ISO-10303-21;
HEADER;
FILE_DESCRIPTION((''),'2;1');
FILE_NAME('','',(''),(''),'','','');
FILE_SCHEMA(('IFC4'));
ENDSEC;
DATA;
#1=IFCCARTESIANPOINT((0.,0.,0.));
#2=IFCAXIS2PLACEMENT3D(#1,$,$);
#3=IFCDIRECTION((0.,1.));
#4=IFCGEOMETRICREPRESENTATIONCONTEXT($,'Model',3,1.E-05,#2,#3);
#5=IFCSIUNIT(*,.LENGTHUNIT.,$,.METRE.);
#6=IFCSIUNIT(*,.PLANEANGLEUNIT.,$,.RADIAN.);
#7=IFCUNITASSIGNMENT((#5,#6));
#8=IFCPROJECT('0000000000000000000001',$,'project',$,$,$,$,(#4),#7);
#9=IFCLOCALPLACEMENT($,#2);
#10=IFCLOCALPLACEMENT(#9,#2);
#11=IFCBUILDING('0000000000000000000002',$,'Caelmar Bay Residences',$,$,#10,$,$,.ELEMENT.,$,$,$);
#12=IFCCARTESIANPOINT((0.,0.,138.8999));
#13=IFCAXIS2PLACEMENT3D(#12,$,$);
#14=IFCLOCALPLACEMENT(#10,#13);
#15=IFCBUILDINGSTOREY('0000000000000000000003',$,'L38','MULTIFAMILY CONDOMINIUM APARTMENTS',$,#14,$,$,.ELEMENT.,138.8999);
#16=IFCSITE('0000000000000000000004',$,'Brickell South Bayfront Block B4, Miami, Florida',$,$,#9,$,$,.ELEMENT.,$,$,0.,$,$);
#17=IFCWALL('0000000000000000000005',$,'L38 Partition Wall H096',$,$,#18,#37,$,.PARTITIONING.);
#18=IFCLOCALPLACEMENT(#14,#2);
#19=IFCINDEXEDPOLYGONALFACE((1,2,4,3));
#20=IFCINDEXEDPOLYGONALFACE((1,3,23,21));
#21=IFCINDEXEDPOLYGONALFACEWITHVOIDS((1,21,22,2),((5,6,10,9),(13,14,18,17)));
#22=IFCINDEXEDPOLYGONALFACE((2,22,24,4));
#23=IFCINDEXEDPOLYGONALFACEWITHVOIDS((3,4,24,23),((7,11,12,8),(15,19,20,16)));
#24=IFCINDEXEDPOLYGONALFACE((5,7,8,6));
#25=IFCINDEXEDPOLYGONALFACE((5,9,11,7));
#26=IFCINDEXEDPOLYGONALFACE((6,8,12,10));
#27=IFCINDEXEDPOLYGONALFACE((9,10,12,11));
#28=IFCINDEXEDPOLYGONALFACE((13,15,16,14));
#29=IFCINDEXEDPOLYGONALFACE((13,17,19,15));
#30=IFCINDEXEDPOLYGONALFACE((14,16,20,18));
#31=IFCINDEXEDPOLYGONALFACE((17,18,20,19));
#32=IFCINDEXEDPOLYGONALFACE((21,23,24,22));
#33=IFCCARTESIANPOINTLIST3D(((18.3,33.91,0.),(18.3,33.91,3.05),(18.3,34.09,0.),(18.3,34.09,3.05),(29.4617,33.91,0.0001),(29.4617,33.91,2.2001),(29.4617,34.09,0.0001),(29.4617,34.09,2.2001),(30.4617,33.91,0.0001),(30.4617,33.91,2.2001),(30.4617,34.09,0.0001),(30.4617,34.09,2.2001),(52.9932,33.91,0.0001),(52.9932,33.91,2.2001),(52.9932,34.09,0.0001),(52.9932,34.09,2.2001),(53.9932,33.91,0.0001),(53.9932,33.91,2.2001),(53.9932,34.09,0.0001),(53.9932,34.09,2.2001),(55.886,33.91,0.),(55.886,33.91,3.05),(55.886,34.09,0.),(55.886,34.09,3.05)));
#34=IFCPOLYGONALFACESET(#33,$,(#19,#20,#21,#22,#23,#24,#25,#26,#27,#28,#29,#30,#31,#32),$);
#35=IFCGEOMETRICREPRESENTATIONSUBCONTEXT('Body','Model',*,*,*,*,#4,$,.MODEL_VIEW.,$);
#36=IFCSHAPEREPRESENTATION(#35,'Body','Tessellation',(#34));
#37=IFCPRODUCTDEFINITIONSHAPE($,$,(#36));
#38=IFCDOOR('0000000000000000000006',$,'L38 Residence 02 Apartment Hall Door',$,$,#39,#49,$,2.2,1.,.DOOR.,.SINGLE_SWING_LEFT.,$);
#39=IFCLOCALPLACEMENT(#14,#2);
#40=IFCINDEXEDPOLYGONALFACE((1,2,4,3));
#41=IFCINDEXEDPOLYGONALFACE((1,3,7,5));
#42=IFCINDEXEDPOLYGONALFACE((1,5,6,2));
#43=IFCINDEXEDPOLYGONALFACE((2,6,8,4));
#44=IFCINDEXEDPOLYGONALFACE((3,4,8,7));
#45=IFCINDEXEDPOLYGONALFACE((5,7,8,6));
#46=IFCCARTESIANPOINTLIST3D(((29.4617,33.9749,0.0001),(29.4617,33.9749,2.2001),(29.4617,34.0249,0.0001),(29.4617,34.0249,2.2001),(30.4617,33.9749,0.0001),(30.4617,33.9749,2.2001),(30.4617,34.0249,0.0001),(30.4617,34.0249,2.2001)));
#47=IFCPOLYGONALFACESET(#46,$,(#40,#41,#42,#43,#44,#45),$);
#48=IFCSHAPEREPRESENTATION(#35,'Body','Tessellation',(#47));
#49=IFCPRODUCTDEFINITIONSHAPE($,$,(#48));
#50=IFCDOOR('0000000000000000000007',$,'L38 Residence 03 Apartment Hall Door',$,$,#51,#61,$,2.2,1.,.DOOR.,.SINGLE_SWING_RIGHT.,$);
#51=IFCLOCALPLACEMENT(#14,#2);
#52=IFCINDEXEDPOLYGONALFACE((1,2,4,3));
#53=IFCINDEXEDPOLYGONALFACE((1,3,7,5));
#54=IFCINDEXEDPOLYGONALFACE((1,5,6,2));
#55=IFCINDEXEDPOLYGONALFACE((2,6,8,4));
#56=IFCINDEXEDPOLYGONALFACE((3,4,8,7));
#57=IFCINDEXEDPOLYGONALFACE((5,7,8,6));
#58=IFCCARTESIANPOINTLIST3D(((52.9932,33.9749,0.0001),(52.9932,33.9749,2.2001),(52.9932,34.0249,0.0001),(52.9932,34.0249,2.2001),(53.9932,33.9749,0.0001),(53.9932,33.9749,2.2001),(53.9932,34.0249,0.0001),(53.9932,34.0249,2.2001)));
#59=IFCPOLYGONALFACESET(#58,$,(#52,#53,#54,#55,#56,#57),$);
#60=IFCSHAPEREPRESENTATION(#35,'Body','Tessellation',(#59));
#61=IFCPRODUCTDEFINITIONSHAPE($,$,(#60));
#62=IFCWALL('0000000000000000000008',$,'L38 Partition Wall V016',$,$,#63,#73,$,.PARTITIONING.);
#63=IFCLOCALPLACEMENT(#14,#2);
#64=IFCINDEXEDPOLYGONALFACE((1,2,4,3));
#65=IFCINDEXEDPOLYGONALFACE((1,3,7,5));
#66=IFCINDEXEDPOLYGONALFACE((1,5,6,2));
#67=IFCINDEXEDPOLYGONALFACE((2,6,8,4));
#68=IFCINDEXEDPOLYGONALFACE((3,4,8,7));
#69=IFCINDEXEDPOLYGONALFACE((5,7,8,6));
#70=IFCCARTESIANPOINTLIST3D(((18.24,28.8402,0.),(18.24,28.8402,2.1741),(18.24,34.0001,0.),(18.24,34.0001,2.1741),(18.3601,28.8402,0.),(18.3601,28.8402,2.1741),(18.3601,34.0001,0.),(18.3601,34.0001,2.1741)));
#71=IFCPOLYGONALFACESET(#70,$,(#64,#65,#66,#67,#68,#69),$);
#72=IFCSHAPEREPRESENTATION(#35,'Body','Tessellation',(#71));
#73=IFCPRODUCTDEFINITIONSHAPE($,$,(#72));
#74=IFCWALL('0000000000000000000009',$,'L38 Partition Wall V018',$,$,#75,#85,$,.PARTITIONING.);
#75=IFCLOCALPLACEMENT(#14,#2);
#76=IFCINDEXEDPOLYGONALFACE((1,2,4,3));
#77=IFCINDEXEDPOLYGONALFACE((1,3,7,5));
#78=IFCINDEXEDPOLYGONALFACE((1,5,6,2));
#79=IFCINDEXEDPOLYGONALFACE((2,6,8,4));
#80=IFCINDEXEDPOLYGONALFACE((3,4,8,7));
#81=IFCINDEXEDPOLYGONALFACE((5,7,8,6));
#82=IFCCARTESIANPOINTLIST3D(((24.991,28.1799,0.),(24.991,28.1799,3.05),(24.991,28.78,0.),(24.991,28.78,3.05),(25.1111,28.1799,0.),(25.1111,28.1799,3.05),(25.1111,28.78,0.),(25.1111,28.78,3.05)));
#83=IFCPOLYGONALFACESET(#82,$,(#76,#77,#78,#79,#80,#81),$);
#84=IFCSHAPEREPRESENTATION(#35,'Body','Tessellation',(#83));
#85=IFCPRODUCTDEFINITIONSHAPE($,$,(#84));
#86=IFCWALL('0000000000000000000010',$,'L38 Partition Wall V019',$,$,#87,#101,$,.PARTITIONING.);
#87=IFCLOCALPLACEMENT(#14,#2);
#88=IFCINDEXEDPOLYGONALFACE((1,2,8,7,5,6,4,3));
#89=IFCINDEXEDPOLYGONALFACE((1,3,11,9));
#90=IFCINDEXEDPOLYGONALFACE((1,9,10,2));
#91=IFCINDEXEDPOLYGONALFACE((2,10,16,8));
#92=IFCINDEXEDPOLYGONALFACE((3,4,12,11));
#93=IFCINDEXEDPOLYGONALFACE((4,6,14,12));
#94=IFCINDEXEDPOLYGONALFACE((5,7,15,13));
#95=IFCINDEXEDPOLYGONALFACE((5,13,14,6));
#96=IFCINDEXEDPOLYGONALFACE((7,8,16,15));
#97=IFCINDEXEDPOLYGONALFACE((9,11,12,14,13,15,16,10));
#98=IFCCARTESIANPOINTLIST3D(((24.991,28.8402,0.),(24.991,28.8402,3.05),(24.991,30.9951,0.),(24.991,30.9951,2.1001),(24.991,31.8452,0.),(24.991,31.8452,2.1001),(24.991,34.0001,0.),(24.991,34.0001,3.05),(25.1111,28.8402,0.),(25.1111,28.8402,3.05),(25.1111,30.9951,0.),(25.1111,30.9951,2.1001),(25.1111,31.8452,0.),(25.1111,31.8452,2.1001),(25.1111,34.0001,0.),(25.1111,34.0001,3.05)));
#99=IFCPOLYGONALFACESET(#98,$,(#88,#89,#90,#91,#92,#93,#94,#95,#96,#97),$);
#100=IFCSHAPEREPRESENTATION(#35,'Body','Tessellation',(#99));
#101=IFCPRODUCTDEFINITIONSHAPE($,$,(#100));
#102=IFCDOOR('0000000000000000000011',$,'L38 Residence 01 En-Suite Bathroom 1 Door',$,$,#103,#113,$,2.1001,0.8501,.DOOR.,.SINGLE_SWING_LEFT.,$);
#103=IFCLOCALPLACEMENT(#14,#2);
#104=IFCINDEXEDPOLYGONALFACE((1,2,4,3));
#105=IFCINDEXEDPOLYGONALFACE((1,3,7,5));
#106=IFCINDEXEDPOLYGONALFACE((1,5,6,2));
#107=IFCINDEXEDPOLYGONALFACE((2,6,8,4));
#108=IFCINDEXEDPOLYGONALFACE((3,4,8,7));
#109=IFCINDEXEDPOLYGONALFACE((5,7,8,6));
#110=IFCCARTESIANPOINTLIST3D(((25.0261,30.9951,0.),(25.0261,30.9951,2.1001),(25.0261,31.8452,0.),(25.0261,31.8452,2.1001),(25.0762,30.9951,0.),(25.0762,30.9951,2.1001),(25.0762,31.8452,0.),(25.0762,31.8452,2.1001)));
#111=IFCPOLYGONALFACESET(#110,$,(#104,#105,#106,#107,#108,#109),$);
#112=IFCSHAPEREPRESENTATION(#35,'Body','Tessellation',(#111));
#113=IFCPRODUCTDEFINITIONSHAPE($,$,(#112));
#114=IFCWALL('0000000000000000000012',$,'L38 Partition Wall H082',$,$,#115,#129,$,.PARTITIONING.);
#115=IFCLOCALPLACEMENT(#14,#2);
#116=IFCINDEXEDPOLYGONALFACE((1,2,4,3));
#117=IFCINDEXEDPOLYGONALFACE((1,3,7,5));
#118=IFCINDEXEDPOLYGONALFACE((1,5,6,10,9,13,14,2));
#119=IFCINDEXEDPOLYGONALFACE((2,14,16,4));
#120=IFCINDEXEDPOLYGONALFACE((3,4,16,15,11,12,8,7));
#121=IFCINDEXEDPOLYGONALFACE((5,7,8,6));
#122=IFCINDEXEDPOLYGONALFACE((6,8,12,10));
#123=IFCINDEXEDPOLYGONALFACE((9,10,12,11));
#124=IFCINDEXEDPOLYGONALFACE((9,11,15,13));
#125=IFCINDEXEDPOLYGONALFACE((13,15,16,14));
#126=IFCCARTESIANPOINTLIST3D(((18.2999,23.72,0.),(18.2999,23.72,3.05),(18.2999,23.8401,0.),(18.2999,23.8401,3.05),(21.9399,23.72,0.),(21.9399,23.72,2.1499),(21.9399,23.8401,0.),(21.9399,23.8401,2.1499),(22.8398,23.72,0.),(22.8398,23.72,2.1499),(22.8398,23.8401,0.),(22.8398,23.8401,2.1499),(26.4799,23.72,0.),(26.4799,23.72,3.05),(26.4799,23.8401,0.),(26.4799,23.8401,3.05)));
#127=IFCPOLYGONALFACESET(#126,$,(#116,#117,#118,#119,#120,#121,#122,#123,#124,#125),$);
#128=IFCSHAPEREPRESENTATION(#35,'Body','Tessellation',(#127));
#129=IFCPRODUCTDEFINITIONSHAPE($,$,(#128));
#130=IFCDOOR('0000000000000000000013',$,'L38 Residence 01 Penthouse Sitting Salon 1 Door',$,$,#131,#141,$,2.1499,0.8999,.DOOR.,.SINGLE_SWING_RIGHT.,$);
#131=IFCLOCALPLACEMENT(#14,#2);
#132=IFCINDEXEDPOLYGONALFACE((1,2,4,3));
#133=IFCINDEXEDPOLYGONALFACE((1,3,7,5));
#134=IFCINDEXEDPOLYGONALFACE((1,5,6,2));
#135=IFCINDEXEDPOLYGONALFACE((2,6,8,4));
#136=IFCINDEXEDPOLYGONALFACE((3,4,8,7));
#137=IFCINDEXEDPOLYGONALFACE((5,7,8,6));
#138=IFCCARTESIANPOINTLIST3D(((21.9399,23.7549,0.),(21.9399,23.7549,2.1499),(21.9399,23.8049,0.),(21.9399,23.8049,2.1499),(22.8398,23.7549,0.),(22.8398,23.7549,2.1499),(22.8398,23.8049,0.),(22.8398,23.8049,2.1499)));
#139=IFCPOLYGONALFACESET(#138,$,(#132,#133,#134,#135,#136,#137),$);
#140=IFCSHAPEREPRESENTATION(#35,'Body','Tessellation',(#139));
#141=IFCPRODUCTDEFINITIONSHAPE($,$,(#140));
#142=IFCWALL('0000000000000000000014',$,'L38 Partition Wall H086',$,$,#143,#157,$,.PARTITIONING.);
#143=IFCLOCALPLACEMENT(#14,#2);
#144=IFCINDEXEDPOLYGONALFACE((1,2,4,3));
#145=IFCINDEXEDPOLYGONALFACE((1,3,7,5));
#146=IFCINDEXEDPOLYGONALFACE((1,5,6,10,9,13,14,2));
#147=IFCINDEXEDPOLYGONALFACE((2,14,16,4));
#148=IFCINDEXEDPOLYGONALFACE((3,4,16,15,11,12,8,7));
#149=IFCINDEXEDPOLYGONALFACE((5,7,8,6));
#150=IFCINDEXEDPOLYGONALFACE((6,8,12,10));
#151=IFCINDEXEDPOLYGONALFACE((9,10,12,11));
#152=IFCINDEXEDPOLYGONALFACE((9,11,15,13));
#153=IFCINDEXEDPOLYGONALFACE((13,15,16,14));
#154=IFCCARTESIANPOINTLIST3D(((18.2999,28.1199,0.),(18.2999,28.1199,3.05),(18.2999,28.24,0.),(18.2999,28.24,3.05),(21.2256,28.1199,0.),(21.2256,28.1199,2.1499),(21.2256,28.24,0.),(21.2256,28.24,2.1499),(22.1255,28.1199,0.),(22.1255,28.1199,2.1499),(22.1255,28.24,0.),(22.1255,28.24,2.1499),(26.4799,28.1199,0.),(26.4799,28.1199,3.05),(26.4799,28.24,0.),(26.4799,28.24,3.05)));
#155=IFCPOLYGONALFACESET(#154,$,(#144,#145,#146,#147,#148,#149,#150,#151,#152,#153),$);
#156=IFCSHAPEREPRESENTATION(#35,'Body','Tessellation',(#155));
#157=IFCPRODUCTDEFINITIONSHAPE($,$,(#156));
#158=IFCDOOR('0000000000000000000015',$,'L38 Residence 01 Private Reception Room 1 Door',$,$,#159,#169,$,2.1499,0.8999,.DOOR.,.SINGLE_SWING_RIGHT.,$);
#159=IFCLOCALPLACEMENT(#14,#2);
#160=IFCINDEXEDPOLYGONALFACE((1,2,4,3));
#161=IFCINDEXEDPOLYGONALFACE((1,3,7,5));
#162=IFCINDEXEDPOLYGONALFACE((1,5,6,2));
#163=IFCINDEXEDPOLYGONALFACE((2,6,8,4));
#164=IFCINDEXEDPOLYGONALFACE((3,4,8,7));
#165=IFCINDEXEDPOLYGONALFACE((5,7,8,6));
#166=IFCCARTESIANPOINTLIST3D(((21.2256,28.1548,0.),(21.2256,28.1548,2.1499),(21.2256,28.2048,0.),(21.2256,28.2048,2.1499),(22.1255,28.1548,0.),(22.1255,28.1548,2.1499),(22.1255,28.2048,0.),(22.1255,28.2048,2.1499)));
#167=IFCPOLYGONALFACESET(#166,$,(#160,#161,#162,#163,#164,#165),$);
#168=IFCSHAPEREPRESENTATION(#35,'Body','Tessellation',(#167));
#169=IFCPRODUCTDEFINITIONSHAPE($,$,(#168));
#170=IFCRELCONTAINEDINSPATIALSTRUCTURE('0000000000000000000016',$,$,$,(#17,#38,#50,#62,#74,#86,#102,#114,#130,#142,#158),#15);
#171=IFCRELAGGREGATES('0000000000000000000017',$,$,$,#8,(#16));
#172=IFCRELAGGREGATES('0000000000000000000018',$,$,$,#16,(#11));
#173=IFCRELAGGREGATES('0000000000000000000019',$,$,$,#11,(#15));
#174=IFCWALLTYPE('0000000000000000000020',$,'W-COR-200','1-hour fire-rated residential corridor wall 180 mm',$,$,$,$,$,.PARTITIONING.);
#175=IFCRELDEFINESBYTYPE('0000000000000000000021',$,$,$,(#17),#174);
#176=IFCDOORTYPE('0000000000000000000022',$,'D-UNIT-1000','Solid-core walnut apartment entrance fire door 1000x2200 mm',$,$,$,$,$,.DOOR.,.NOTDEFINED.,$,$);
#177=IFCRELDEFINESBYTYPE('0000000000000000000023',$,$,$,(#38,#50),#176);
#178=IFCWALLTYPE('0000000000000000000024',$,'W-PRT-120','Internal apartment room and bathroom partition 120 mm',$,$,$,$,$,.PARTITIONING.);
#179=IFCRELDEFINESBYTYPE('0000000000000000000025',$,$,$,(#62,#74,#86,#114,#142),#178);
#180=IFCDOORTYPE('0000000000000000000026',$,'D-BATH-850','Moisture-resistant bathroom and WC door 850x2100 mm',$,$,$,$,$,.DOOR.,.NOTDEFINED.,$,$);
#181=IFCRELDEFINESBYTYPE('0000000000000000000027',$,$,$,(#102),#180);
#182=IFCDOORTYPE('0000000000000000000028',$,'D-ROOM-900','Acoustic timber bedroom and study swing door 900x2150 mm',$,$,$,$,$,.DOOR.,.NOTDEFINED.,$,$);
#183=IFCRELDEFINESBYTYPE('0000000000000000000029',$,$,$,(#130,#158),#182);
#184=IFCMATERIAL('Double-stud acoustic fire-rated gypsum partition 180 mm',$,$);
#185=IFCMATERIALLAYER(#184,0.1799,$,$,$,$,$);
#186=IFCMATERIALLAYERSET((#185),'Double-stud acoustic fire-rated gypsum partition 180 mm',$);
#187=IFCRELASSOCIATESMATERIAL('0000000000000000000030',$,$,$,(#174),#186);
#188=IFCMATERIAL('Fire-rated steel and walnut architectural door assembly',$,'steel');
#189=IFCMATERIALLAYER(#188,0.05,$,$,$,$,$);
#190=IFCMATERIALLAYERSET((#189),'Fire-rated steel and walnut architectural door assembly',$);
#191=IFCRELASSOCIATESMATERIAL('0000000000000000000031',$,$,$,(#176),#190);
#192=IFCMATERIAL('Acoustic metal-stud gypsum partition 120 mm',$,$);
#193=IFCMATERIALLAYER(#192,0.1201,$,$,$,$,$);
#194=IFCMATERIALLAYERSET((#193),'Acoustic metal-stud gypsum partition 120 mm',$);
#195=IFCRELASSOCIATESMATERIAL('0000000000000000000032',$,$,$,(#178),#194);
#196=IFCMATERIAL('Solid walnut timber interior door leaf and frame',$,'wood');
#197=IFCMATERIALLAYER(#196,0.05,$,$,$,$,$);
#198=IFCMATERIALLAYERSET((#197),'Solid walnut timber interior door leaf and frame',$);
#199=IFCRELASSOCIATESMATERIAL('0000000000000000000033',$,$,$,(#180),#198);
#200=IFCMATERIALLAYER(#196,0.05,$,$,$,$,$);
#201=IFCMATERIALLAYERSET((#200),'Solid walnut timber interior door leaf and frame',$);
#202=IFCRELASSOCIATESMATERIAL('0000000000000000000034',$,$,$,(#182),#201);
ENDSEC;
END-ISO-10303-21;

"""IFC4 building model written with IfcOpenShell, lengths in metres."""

from ifc_helpers import new_model, si_unit, direction, frame, frame_2d, origin, place, context, subcontext, project, spatial, rectangle, extrude, material, layer, layer_set, type_object, element, fill, save


model = new_model("IFC4")

# Units and contexts
model_context = context("Model", 3, precision=1e-05, world=origin(), true_north=direction((0.0, 1.0)))
body_context = subcontext(model_context, "Body", "Model", "MODEL_VIEW")
ifc_project = project(units=[si_unit("LENGTHUNIT", "METRE"), si_unit("PLANEANGLEUNIT", "RADIAN")], contexts=[model_context])

# Site, building, storey
site_placement = place(None, origin())
site = spatial("IfcSite", under=ifc_project, at=site_placement, Name="Brickell South Bayfront Block B4, Miami, Florida", CompositionType="ELEMENT", RefElevation=0.0)
building_placement = place(site_placement, origin())
building = spatial("IfcBuilding", under=site, at=building_placement, Name="Caelmar Bay Residences", CompositionType="ELEMENT")
storey_placement = place(building_placement, frame((0.0, 0.0, 138.8999)))
storey = spatial("IfcBuildingStorey", under=building, at=storey_placement, Name="L38", Description="MULTIFAMILY CONDOMINIUM APARTMENTS", CompositionType="ELEMENT", Elevation=138.8999)

# Shared definitions
ifc_material_1 = material(Name="Fire-rated steel and walnut architectural door assembly", Category="steel")

# Wall, openings, doors
ifc_material_2 = material(Name="Double-stud acoustic fire-rated gypsum partition 180 mm")
ifc_layer_1 = layer(ifc_material_2, 0.1799)
ifc_layer_set_1 = layer_set([ifc_layer_1], Name="Double-stud acoustic fire-rated gypsum partition 180 mm")
wall_type_1 = type_object("IfcWallType", Name="W-COR-200", Description="1-hour fire-rated residential corridor wall 180 mm", PredefinedType="PARTITIONING", material=ifc_layer_set_1)
wall_1_placement = place(storey_placement, frame((18.3, 34.0, 0.0), z_axis=(0.0, 0.0, 1.0), x_axis=(1.0, 0.0, 0.0)))
wall_1 = element("IfcWall", 1, at=wall_1_placement, inside=storey, type_object=wall_type_1, Name="L38 Partition Wall H096", PredefinedType="PARTITIONING", context=body_context, shape_type="SweptSolid", body=[
    extrude(rectangle(XDim=37.5859, YDim=0.1799, at=frame_2d((18.793, 0.0))), origin(), (0.0, 0.0, 1.0), 3.05),
])
opening_1_placement = place(wall_1_placement, frame((11.1616, 0.0, 0.0)))
opening_1 = element("IfcOpeningElement", 2, at=opening_1_placement, cuts=wall_1, PredefinedType="OPENING", context=body_context, shape_type="SweptSolid", body=[
    extrude(rectangle(XDim=1.0, YDim=2.2, at=frame_2d((0.5, 1.1001))), frame((0.0, 0.0999, 0.0), z_axis=(0.0, -1.0, 0.0), x_axis=(1.0, 0.0, 0.0)), (0.0, 0.0, 1.0), 0.2),
])
opening_2_placement = place(wall_1_placement, frame((34.6931, 0.0, 0.0)))
opening_2 = element("IfcOpeningElement", 3, at=opening_2_placement, cuts=wall_1, PredefinedType="OPENING", context=body_context, shape_type="SweptSolid", body=[
    extrude(rectangle(XDim=1.0, YDim=2.2, at=frame_2d((0.5, 1.1001))), frame((0.0, 0.0999, 0.0), z_axis=(0.0, -1.0, 0.0), x_axis=(1.0, 0.0, 0.0)), (0.0, 0.0, 1.0), 0.2),
])
ifc_layer_2 = layer(ifc_material_1, 0.05)
ifc_layer_set_2 = layer_set([ifc_layer_2], Name="Fire-rated steel and walnut architectural door assembly")
door_type_1 = type_object("IfcDoorType", Name="D-UNIT-1000", Description="Solid-core walnut apartment entrance fire door 1000x2200 mm", OperationType="NOTDEFINED", PredefinedType="DOOR", material=ifc_layer_set_2)
door_1_placement = place(opening_1_placement, origin())
door_1 = element("IfcDoor", 4, at=door_1_placement, inside=storey, type_object=door_type_1, Name="L38 Residence 02 Apartment Hall Door", OperationType="SINGLE_SWING_LEFT", OverallHeight=2.2, OverallWidth=1.0, PredefinedType="DOOR", context=body_context, shape_type="SweptSolid", body=[
    extrude(rectangle(XDim=1.0, YDim=2.2, at=frame_2d((0.5, 1.1001))), frame((0.0, 0.0249, 0.0), z_axis=(0.0, -1.0, 0.0), x_axis=(1.0, 0.0, 0.0)), (0.0, 0.0, 1.0), 0.05),
])
fill(opening_1, door_1)
door_2_placement = place(opening_2_placement, origin())
door_2 = element("IfcDoor", 5, at=door_2_placement, inside=storey, type_object=door_type_1, Name="L38 Residence 03 Apartment Hall Door", OperationType="SINGLE_SWING_RIGHT", OverallHeight=2.2, OverallWidth=1.0, PredefinedType="DOOR", context=body_context, shape_type="SweptSolid", body=[
    extrude(rectangle(XDim=1.0, YDim=2.2, at=frame_2d((0.5, 1.1001))), frame((0.0, 0.0249, 0.0), z_axis=(0.0, -1.0, 0.0), x_axis=(1.0, 0.0, 0.0)), (0.0, 0.0, 1.0), 0.05),
])
fill(opening_2, door_2)

# Walls
ifc_material_3 = material(Name="Acoustic metal-stud gypsum partition 120 mm")
ifc_layer_3 = layer(ifc_material_3, 0.1201)
ifc_layer_set_3 = layer_set([ifc_layer_3], Name="Acoustic metal-stud gypsum partition 120 mm")
wall_type_2 = type_object("IfcWallType", Name="W-PRT-120", Description="Internal apartment room and bathroom partition 120 mm", PredefinedType="PARTITIONING", material=ifc_layer_set_3)
wall_2_placement = place(storey_placement, frame((18.3, 28.8401, 0.0), z_axis=(0.0, 0.0, 1.0), x_axis=(0.0, 1.0, 0.0)))
element("IfcWall", 6, at=wall_2_placement, inside=storey, type_object=wall_type_2, Name="L38 Partition Wall V016", PredefinedType="PARTITIONING", context=body_context, shape_type="SweptSolid", body=[
    extrude(rectangle(XDim=5.1599, YDim=0.1201, at=frame_2d((2.5801, 0.0))), origin(), (0.0, 0.0, 1.0), 2.1741),
])
wall_3_placement = place(storey_placement, frame((25.051, 28.1799, 0.0), z_axis=(0.0, 0.0, 1.0), x_axis=(0.0, 1.0, 0.0)))
element("IfcWall", 7, at=wall_3_placement, inside=storey, type_object=wall_type_2, Name="L38 Partition Wall V018", PredefinedType="PARTITIONING", context=body_context, shape_type="SweptSolid", body=[
    extrude(rectangle(XDim=0.6001, YDim=0.1201, at=frame_2d((0.3, 0.0))), origin(), (0.0, 0.0, 1.0), 3.05),
])

# Walls, openings, doors
wall_4_placement = place(storey_placement, frame((25.051, 28.8401, 0.0), z_axis=(0.0, 0.0, 1.0), x_axis=(0.0, 1.0, 0.0)))
wall_4 = element("IfcWall", 8, at=wall_4_placement, inside=storey, type_object=wall_type_2, Name="L38 Partition Wall V019", PredefinedType="PARTITIONING", context=body_context, shape_type="SweptSolid", body=[
    extrude(rectangle(XDim=5.1599, YDim=0.1201, at=frame_2d((2.5801, 0.0))), origin(), (0.0, 0.0, 1.0), 3.05),
])
opening_3_placement = place(wall_4_placement, frame((2.155, 0.0, 0.0)))
opening_3 = element("IfcOpeningElement", 9, at=opening_3_placement, cuts=wall_4, PredefinedType="OPENING", context=body_context, shape_type="SweptSolid", body=[
    extrude(rectangle(XDim=0.8501, YDim=2.1001, at=frame_2d((0.425, 1.05))), frame((0.0, 0.0701, 0.0), z_axis=(0.0, -1.0, 0.0), x_axis=(1.0, 0.0, 0.0)), (0.0, 0.0, 1.0), 0.1401),
])
ifc_material_4 = material(Name="Solid walnut timber interior door leaf and frame", Category="wood")
ifc_layer_4 = layer(ifc_material_4, 0.05)
ifc_layer_set_4 = layer_set([ifc_layer_4], Name="Solid walnut timber interior door leaf and frame")
door_type_2 = type_object("IfcDoorType", Name="D-BATH-850", Description="Moisture-resistant bathroom and WC door 850x2100 mm", OperationType="NOTDEFINED", PredefinedType="DOOR", material=ifc_layer_set_4)
door_3_placement = place(opening_3_placement, origin())
door_3 = element("IfcDoor", 10, at=door_3_placement, inside=storey, type_object=door_type_2, Name="L38 Residence 01 En-Suite Bathroom 1 Door", OperationType="SINGLE_SWING_LEFT", OverallHeight=2.1001, OverallWidth=0.8501, PredefinedType="DOOR", context=body_context, shape_type="SweptSolid", body=[
    extrude(rectangle(XDim=0.8501, YDim=2.1001, at=frame_2d((0.425, 1.05))), frame((0.0, 0.0249, 0.0), z_axis=(0.0, -1.0, 0.0), x_axis=(1.0, 0.0, 0.0)), (0.0, 0.0, 1.0), 0.05),
])
fill(opening_3, door_3)
wall_5_placement = place(storey_placement, frame((18.3, 23.78, 0.0), z_axis=(0.0, 0.0, 1.0), x_axis=(1.0, 0.0, 0.0)))
wall_5 = element("IfcWall", 11, at=wall_5_placement, inside=storey, type_object=wall_type_2, Name="L38 Partition Wall H082", PredefinedType="PARTITIONING", context=body_context, shape_type="SweptSolid", body=[
    extrude(rectangle(XDim=8.1799, YDim=0.1201, at=frame_2d((4.0898, 0.0))), origin(), (0.0, 0.0, 1.0), 3.05),
])
opening_4_placement = place(wall_5_placement, frame((3.6399, 0.0, 0.0)))
opening_4 = element("IfcOpeningElement", 12, at=opening_4_placement, cuts=wall_5, PredefinedType="OPENING", context=body_context, shape_type="SweptSolid", body=[
    extrude(rectangle(XDim=0.8999, YDim=2.1499, at=frame_2d((0.45, 1.075))), frame((0.0, 0.0701, 0.0), z_axis=(0.0, -1.0, 0.0), x_axis=(1.0, 0.0, 0.0)), (0.0, 0.0, 1.0), 0.1401),
])
ifc_layer_5 = layer(ifc_material_4, 0.05)
ifc_layer_set_5 = layer_set([ifc_layer_5], Name="Solid walnut timber interior door leaf and frame")
door_type_3 = type_object("IfcDoorType", Name="D-ROOM-900", Description="Acoustic timber bedroom and study swing door 900x2150 mm", OperationType="NOTDEFINED", PredefinedType="DOOR", material=ifc_layer_set_5)
door_4_placement = place(opening_4_placement, origin())
door_4 = element("IfcDoor", 13, at=door_4_placement, inside=storey, type_object=door_type_3, Name="L38 Residence 01 Penthouse Sitting Salon 1 Door", OperationType="SINGLE_SWING_RIGHT", OverallHeight=2.1499, OverallWidth=0.8999, PredefinedType="DOOR", context=body_context, shape_type="SweptSolid", body=[
    extrude(rectangle(XDim=0.8999, YDim=2.1499, at=frame_2d((0.45, 1.075))), frame((0.0, 0.0249, 0.0), z_axis=(0.0, -1.0, 0.0), x_axis=(1.0, 0.0, 0.0)), (0.0, 0.0, 1.0), 0.05),
])
fill(opening_4, door_4)
wall_6_placement = place(storey_placement, frame((18.3, 28.1799, 0.0), z_axis=(0.0, 0.0, 1.0), x_axis=(1.0, 0.0, 0.0)))
wall_6 = element("IfcWall", 14, at=wall_6_placement, inside=storey, type_object=wall_type_2, Name="L38 Partition Wall H086", PredefinedType="PARTITIONING", context=body_context, shape_type="SweptSolid", body=[
    extrude(rectangle(XDim=8.1799, YDim=0.1201, at=frame_2d((4.0898, 0.0))), origin(), (0.0, 0.0, 1.0), 3.05),
])
opening_5_placement = place(wall_6_placement, frame((2.9255, 0.0, 0.0)))
opening_5 = element("IfcOpeningElement", 15, at=opening_5_placement, cuts=wall_6, PredefinedType="OPENING", context=body_context, shape_type="SweptSolid", body=[
    extrude(rectangle(XDim=0.8999, YDim=2.1499, at=frame_2d((0.45, 1.075))), frame((0.0, 0.0701, 0.0), z_axis=(0.0, -1.0, 0.0), x_axis=(1.0, 0.0, 0.0)), (0.0, 0.0, 1.0), 0.1401),
])
door_5_placement = place(opening_5_placement, origin())
door_5 = element("IfcDoor", 16, at=door_5_placement, inside=storey, type_object=door_type_3, Name="L38 Residence 01 Private Reception Room 1 Door", OperationType="SINGLE_SWING_RIGHT", OverallHeight=2.1499, OverallWidth=0.8999, PredefinedType="DOOR", context=body_context, shape_type="SweptSolid", body=[
    extrude(rectangle(XDim=0.8999, YDim=2.1499, at=frame_2d((0.45, 1.075))), frame((0.0, 0.0249, 0.0), z_axis=(0.0, -1.0, 0.0), x_axis=(1.0, 0.0, 0.0)), (0.0, 0.0, 1.0), 0.05),
])
fill(opening_5, door_5)

save(model, "model.ifc")
